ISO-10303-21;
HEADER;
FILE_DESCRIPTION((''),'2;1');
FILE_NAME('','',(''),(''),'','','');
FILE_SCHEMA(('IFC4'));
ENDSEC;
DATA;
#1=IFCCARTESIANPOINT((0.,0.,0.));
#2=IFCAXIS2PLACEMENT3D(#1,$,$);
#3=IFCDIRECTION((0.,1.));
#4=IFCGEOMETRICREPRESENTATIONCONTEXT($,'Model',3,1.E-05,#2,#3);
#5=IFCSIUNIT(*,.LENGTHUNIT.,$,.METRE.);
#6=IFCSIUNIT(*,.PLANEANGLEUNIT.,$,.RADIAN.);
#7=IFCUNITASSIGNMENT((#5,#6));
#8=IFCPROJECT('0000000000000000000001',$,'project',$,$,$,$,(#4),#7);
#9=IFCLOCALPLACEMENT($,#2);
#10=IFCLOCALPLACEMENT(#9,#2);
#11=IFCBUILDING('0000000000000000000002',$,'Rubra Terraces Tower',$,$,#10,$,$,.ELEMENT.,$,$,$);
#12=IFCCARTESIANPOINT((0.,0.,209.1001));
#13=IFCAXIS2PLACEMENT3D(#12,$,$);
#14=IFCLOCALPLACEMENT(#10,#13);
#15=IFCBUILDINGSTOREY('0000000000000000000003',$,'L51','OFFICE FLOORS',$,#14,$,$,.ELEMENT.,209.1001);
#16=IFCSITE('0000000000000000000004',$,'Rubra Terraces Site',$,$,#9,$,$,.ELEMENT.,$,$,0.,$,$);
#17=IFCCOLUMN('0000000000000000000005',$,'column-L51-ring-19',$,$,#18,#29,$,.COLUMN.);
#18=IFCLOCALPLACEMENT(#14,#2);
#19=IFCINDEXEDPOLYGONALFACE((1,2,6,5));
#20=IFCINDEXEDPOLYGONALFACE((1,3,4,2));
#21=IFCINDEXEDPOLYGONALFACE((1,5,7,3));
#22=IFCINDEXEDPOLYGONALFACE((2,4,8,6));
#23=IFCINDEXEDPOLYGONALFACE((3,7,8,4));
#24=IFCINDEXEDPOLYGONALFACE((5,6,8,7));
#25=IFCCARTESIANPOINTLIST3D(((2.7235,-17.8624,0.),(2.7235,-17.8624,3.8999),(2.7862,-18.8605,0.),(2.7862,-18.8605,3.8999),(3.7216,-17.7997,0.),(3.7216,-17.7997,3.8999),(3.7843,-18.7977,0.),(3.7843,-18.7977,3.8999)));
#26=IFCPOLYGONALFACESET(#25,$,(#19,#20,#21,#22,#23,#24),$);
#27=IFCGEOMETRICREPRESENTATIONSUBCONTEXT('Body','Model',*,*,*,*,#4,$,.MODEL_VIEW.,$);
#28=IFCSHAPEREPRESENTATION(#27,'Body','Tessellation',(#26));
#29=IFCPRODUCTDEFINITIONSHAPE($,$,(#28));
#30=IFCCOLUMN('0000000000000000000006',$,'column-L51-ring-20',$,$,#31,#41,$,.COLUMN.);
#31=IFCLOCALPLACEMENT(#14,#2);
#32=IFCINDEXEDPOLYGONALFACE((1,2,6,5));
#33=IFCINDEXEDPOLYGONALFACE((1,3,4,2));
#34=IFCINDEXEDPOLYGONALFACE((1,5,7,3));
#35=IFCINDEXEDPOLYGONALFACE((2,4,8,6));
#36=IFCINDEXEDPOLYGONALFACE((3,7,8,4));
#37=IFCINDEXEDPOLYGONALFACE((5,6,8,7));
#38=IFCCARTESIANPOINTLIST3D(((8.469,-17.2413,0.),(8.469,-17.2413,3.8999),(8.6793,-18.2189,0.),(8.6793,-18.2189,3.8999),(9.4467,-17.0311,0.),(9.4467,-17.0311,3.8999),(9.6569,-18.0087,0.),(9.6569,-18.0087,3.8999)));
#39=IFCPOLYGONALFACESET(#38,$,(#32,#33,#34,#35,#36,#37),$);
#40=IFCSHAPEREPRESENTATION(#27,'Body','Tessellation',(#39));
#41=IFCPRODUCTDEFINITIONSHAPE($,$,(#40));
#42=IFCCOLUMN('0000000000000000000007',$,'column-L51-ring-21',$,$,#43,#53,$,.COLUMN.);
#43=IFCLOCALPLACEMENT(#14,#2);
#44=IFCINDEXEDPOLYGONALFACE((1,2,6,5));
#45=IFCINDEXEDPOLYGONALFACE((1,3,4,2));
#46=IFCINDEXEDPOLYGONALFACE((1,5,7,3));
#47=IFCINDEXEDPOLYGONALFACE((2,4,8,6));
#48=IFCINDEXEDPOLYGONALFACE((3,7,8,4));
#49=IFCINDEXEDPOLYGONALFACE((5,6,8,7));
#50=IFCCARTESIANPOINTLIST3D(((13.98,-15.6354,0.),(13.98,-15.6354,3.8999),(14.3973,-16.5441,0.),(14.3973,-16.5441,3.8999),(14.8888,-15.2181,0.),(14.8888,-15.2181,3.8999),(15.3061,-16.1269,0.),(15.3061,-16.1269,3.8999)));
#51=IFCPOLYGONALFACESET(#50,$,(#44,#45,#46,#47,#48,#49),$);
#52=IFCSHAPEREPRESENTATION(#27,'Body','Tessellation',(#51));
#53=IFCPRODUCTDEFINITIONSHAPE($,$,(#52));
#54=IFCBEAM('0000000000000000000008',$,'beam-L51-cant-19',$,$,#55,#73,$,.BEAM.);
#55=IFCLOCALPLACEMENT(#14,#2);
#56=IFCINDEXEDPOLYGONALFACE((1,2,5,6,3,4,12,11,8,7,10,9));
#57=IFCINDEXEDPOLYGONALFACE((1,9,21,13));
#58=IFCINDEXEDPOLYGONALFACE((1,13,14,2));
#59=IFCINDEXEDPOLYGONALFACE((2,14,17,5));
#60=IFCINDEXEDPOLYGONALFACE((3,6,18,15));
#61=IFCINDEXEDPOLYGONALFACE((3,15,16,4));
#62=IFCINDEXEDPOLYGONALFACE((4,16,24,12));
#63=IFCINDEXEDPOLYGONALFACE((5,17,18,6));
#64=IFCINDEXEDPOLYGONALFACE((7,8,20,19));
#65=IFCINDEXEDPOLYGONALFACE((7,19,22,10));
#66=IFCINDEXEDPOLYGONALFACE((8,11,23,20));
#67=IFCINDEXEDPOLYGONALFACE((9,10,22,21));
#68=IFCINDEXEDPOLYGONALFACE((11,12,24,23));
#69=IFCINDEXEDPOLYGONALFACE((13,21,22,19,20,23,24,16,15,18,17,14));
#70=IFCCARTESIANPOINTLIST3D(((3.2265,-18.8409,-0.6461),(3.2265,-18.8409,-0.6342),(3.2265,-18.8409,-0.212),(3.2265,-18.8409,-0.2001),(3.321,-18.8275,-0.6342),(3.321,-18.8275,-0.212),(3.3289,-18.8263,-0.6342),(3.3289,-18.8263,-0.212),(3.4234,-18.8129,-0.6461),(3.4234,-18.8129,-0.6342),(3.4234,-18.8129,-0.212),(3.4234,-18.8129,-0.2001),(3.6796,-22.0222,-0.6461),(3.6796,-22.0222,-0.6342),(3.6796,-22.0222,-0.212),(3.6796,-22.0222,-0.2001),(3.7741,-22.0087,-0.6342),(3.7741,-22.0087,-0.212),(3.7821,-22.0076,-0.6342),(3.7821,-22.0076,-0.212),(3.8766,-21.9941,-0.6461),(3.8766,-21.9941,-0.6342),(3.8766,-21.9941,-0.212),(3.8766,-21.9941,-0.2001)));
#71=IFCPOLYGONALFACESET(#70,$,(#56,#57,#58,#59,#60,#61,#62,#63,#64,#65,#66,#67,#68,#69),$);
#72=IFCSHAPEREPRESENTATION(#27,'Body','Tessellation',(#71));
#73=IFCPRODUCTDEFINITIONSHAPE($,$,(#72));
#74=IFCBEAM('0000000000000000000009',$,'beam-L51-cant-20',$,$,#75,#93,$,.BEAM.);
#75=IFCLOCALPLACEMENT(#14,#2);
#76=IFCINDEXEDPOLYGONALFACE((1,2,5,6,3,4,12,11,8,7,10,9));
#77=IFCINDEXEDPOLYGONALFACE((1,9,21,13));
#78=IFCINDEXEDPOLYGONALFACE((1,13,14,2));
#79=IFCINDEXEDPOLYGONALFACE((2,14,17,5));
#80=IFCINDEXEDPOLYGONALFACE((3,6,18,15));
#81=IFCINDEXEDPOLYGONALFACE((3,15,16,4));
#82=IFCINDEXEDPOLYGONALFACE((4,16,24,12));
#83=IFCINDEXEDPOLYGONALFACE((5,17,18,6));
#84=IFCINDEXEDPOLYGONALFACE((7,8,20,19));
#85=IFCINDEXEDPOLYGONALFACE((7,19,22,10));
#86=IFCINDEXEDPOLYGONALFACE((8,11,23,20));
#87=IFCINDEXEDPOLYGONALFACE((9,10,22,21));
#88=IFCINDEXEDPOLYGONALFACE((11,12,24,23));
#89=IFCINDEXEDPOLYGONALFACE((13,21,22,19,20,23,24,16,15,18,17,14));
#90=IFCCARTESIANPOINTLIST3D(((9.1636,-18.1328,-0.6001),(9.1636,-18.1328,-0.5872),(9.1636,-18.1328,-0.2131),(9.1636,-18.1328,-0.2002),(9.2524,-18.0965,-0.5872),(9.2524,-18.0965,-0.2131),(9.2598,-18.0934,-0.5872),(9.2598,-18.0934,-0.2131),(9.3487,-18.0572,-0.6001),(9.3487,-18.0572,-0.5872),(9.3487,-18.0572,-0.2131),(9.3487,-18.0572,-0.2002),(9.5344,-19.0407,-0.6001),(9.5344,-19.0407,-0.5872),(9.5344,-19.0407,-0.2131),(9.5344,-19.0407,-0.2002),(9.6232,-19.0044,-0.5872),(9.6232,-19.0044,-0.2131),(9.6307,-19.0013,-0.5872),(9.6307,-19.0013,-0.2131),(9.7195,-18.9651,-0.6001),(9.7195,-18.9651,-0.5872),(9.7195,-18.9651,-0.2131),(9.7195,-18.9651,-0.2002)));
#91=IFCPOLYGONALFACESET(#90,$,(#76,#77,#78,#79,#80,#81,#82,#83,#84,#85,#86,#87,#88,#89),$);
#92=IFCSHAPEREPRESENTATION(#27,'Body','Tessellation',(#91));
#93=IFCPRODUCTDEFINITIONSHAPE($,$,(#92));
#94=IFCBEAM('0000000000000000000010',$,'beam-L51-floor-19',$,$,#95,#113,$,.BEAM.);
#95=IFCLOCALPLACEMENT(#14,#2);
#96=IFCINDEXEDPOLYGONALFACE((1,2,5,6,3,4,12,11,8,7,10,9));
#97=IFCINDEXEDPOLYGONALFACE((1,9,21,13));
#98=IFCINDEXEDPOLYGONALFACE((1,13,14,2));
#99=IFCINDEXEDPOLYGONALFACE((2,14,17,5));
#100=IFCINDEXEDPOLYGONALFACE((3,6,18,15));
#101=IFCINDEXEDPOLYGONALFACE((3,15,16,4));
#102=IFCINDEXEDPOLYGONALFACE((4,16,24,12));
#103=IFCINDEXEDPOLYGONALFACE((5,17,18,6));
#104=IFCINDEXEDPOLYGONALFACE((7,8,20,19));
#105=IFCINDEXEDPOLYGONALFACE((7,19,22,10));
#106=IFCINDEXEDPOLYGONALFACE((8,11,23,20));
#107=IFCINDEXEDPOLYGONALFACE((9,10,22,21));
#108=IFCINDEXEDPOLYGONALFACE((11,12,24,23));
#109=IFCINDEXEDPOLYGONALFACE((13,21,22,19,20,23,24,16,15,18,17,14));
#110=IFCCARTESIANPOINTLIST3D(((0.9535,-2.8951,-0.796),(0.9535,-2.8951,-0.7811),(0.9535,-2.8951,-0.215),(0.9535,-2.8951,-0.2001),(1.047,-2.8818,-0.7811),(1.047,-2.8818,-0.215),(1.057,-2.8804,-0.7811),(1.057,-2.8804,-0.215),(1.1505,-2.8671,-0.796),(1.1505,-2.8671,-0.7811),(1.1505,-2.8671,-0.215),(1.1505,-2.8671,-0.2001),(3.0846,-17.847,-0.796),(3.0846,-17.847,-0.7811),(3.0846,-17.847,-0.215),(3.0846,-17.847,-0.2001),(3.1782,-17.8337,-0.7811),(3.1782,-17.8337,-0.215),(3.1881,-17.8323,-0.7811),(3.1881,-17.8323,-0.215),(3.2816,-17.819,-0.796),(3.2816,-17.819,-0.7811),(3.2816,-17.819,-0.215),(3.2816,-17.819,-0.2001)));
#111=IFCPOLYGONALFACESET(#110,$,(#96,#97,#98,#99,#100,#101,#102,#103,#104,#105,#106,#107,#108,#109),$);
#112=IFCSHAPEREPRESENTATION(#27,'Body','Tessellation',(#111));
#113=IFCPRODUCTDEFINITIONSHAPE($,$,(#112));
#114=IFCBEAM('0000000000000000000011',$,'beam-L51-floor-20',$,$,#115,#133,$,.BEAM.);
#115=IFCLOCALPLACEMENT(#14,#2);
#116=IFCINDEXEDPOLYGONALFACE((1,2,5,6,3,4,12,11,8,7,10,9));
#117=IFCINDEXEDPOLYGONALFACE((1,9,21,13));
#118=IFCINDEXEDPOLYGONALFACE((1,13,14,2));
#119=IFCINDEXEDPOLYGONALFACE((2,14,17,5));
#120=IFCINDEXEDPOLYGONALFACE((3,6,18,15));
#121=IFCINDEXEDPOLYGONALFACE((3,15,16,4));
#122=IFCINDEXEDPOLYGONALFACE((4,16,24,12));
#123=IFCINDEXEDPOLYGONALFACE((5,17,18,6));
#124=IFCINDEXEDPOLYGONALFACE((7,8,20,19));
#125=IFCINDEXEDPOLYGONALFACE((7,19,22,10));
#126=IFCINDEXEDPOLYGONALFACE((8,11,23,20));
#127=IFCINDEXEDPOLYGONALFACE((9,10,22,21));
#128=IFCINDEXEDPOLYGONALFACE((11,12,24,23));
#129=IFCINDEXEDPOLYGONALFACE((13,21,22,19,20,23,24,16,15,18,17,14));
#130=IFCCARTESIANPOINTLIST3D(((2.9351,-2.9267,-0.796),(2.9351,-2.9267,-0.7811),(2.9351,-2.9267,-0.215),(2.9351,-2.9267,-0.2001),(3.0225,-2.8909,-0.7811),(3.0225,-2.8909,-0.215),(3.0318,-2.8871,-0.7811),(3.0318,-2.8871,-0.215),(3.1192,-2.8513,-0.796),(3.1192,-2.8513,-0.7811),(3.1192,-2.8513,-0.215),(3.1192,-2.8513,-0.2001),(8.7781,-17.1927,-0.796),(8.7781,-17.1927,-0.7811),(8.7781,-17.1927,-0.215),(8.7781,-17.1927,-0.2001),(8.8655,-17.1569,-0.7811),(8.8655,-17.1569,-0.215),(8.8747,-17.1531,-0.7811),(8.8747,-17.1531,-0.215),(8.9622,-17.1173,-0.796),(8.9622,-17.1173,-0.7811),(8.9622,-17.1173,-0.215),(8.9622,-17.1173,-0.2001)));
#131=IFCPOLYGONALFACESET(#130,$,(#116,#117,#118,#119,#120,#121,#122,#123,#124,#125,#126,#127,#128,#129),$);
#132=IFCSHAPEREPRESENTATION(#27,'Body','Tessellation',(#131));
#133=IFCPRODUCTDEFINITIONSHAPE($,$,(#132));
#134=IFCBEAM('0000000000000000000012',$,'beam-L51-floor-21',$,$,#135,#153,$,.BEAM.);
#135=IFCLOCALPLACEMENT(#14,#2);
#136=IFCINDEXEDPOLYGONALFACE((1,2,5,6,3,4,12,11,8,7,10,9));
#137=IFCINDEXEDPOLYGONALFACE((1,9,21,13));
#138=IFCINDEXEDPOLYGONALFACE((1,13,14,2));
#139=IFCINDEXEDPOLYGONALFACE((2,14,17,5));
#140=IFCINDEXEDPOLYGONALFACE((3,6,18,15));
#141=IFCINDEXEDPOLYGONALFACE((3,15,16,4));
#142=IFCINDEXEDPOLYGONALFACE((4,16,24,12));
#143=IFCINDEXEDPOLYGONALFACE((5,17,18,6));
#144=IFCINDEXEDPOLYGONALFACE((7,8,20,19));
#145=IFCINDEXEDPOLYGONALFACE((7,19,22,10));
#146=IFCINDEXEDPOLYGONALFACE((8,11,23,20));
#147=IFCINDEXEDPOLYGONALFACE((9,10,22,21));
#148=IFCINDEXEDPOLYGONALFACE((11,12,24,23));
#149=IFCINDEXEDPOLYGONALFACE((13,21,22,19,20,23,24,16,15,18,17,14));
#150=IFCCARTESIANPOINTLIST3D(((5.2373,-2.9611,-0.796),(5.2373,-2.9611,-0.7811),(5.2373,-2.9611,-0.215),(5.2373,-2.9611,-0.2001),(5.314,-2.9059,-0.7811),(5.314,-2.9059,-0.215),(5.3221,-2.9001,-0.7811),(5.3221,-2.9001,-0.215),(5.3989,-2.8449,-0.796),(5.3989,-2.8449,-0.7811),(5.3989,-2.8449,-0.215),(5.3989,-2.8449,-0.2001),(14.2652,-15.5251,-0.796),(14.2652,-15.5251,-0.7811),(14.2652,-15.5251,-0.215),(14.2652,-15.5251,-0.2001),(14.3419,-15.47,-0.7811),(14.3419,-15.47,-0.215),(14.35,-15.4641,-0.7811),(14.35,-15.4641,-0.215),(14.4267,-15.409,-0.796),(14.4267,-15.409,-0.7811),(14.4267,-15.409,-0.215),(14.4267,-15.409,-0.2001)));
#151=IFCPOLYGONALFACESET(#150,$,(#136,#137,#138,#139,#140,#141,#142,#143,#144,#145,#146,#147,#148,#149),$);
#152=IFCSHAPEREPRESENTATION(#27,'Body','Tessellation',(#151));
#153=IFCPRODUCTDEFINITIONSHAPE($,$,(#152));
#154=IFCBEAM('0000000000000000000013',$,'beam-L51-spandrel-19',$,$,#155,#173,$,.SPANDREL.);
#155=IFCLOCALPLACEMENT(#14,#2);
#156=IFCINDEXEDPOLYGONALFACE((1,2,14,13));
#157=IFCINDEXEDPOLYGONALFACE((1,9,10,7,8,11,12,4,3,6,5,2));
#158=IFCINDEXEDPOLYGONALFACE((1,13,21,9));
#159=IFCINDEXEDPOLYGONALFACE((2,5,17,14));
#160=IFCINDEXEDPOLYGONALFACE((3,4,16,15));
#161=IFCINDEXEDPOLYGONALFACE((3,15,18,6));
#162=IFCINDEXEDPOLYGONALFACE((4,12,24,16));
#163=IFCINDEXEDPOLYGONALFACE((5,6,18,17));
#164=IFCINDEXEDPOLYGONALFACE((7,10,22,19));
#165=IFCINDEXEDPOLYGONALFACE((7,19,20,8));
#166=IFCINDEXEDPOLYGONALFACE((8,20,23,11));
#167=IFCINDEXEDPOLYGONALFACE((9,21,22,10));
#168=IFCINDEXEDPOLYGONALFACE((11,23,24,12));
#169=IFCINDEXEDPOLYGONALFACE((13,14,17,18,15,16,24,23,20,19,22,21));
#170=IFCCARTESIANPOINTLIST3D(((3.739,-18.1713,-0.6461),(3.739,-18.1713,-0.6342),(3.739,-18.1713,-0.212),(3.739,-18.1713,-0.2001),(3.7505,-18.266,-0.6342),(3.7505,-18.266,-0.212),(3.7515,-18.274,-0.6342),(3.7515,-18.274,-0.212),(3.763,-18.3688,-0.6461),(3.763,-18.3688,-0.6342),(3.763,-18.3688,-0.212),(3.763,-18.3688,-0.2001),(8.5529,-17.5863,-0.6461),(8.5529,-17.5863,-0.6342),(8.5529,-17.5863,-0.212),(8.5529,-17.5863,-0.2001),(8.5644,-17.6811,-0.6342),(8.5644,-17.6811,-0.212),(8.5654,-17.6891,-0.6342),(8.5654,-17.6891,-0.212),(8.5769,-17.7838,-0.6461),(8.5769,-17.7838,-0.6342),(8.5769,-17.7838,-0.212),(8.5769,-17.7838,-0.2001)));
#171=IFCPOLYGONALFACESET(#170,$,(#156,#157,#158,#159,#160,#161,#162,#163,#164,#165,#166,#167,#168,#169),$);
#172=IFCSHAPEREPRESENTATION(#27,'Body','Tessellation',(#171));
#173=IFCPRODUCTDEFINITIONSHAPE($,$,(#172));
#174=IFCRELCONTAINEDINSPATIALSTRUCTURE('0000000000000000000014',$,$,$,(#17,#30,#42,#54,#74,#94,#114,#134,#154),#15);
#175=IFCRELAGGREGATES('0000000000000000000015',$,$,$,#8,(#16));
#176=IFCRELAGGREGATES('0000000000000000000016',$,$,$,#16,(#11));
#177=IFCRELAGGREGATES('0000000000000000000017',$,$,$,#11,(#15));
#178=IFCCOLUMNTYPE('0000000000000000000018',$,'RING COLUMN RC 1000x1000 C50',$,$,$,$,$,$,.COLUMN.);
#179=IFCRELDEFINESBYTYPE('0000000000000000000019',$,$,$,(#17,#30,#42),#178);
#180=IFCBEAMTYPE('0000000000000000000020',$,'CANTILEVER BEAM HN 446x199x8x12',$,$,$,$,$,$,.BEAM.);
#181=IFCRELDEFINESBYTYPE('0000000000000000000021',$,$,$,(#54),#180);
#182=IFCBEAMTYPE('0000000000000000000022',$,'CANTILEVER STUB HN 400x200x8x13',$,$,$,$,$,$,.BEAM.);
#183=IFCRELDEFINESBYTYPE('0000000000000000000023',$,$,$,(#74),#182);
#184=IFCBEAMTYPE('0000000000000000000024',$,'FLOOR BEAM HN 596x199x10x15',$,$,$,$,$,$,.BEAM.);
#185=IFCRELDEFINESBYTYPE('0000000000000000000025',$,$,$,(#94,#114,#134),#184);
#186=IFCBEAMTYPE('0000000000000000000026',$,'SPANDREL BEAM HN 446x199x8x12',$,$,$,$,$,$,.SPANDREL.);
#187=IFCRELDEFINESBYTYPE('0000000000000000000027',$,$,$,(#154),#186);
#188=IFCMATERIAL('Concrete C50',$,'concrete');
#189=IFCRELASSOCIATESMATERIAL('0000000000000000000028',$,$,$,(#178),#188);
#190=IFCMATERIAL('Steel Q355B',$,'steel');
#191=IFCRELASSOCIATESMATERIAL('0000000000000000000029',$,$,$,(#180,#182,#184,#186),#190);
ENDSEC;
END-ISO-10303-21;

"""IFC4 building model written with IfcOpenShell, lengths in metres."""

from ifc_helpers import new_model, si_unit, direction, frame, origin, origin_2d, place, context, subcontext, project, spatial, rectangle, i_section, extrude, material, material_profile, profile_set, type_object, element, save


model = new_model("IFC4")

# Units and contexts
model_context = context("Model", 3, precision=1e-05, world=origin(), true_north=direction((0.0, 1.0)))
body_context = subcontext(model_context, "Body", "Model", "MODEL_VIEW")
ifc_project = project(units=[si_unit("LENGTHUNIT", "METRE"), si_unit("PLANEANGLEUNIT", "RADIAN")], contexts=[model_context])

# Site, building, storey
site_placement = place(None, origin())
site = spatial("IfcSite", under=ifc_project, at=site_placement, Name="Rubra Terraces Site", CompositionType="ELEMENT", RefElevation=0.0)
building_placement = place(site_placement, origin())
building = spatial("IfcBuilding", under=site, at=building_placement, Name="Rubra Terraces Tower", CompositionType="ELEMENT")
storey_placement = place(building_placement, frame((0.0, 0.0, 209.1001)))
storey = spatial("IfcBuildingStorey", under=building, at=storey_placement, Name="L51", Description="OFFICE FLOORS", CompositionType="ELEMENT", Elevation=209.1001)

# Columns
ifc_material_1 = material(Name="Concrete C50", Category="concrete")
ifc_material_profile_1 = material_profile(ifc_material_1, rectangle(XDim=1.0, YDim=1.0, at=origin_2d()), Name="RC 1000x1000")
ifc_profile_set_1 = profile_set([ifc_material_profile_1], Name="Concrete C50")
column_type = type_object("IfcColumnType", Name="RING COLUMN RC 1000x1000 C50", PredefinedType="COLUMN", material=ifc_profile_set_1)
for number, where, z_axis, x_axis, name in (
    (1, (3.2539, -18.3301, 0.0), (0.0, 0.0, 1.0), (0.998032, 0.062714, 0.0), "column-L51-ring-19"),
    (2, (9.063, -17.625, 0.0), (0.0, 0.0, 1.0), (0.977653, 0.210227, 0.0), "column-L51-ring-20"),
    (3, (14.6431, -15.8811, 0.0), (0.0, 0.0, 1.0), (0.908779, 0.417279, 0.0), "column-L51-ring-21"),
):
    element("IfcColumn", number, at=place(storey_placement, frame(where, z_axis=z_axis, x_axis=x_axis)), inside=storey, type_object=column_type, Name=name, PredefinedType="COLUMN", context=body_context, shape_type="SweptSolid", body=[
        extrude(rectangle(XDim=1.0, YDim=1.0, at=origin_2d()), origin(), (0.0, 0.0, 1.0), 3.8999),
    ])

# Beams
ifc_material_2 = material(Name="Steel Q355B", Category="steel")
ifc_material_profile_2 = material_profile(ifc_material_2, i_section(OverallWidth=0.199, OverallDepth=0.446, WebThickness=0.0081, FlangeThickness=0.012, at=origin_2d()), Name="HN 446x199x8x12")
ifc_profile_set_2 = profile_set([ifc_material_profile_2], Name="Steel Q355B")
beam_type_1 = type_object("IfcBeamType", Name="CANTILEVER BEAM HN 446x199x8x12", PredefinedType="BEAM", material=ifc_profile_set_2)
beam_1_placement = place(storey_placement, frame((3.325, -18.8269, -0.4231), z_axis=(0.141017, -0.990007, 0.0), x_axis=(0.990007, 0.141017, 0.0)))
element("IfcBeam", 4, at=beam_1_placement, inside=storey, type_object=beam_type_1, Name="beam-L51-cant-19", PredefinedType="BEAM", context=body_context, shape_type="SweptSolid", body=[
    extrude(i_section(OverallWidth=0.199, OverallDepth=0.446, WebThickness=0.0081, FlangeThickness=0.012, at=origin_2d()), origin(), (0.0, 0.0, 1.0), 3.2134),
])
ifc_material_profile_3 = material_profile(ifc_material_2, i_section(OverallWidth=0.2, OverallDepth=0.3999, WebThickness=0.0081, FlangeThickness=0.0129, at=origin_2d()), Name="HN 400x200x8x13")
ifc_profile_set_3 = profile_set([ifc_material_profile_3], Name="Steel Q355B")
beam_type_2 = type_object("IfcBeamType", Name="CANTILEVER STUB HN 400x200x8x13", PredefinedType="BEAM", material=ifc_profile_set_3)
beam_2_placement = place(storey_placement, frame((9.2561, -18.095, -0.4001), z_axis=(0.378119, -0.925757, 0.0), x_axis=(0.925757, 0.378119, 0.0)))
element("IfcBeam", 5, at=beam_2_placement, inside=storey, type_object=beam_type_2, Name="beam-L51-cant-20", PredefinedType="BEAM", context=body_context, shape_type="SweptSolid", body=[
    extrude(i_section(OverallWidth=0.2, OverallDepth=0.3999, WebThickness=0.0081, FlangeThickness=0.0129, at=origin_2d()), origin(), (0.0, 0.0, 1.0), 0.9807),
])
ifc_material_profile_4 = material_profile(ifc_material_2, i_section(OverallWidth=0.199, OverallDepth=0.5959, WebThickness=0.01, FlangeThickness=0.0149, at=origin_2d()), Name="HN 596x199x10x15")
ifc_profile_set_4 = profile_set([ifc_material_profile_4], Name="Steel Q355B")
beam_type_3 = type_object("IfcBeamType", Name="FLOOR BEAM HN 596x199x10x15", PredefinedType="BEAM", material=ifc_profile_set_4)
beam_3_placement = place(storey_placement, frame((3.1831, -17.833, -0.498), z_axis=(-0.141105, 0.989995, 0.0), x_axis=(-0.989995, -0.141105, 0.0)))
element("IfcBeam", 6, at=beam_3_placement, inside=storey, type_object=beam_type_3, Name="beam-L51-floor-19", PredefinedType="BEAM", context=body_context, shape_type="SweptSolid", body=[
    extrude(i_section(OverallWidth=0.199, OverallDepth=0.5959, WebThickness=0.01, FlangeThickness=0.0149, at=origin_2d()), origin(), (0.0, 0.0, 1.0), 15.103),
])
beam_4_placement = place(storey_placement, frame((8.8701, -17.155, -0.498), z_axis=(-0.379015, 0.92539, 0.0), x_axis=(-0.92539, -0.379015, 0.0)))
element("IfcBeam", 7, at=beam_4_placement, inside=storey, type_object=beam_type_3, Name="beam-L51-floor-20", PredefinedType="BEAM", context=body_context, shape_type="SweptSolid", body=[
    extrude(i_section(OverallWidth=0.199, OverallDepth=0.5959, WebThickness=0.01, FlangeThickness=0.0149, at=origin_2d()), origin(), (0.0, 0.0, 1.0), 15.4163),
])
beam_5_placement = place(storey_placement, frame((14.3459, -15.467, -0.498), z_axis=(-0.583529, 0.812092, 0.0), x_axis=(-0.812092, -0.583529, 0.0)))
element("IfcBeam", 8, at=beam_5_placement, inside=storey, type_object=beam_type_3, Name="beam-L51-floor-21", PredefinedType="BEAM", context=body_context, shape_type="SweptSolid", body=[
    extrude(i_section(OverallWidth=0.199, OverallDepth=0.5959, WebThickness=0.01, FlangeThickness=0.0149, at=origin_2d()), origin(), (0.0, 0.0, 1.0), 15.4712),
])
ifc_material_profile_5 = material_profile(ifc_material_2, i_section(OverallWidth=0.199, OverallDepth=0.446, WebThickness=0.0081, FlangeThickness=0.012, at=origin_2d()), Name="HN 446x199x8x12")
ifc_profile_set_5 = profile_set([ifc_material_profile_5], Name="Steel Q355B")
beam_type_4 = type_object("IfcBeamType", Name="SPANDREL BEAM HN 446x199x8x12", PredefinedType="SPANDREL", material=ifc_profile_set_5)
beam_6_placement = place(storey_placement, frame((3.751, -18.27, -0.4231), z_axis=(0.992698, 0.120626, 0.0), x_axis=(-0.120626, 0.992698, 0.0)))
element("IfcBeam", 9, at=beam_6_placement, inside=storey, type_object=beam_type_4, Name="beam-L51-spandrel-19", PredefinedType="SPANDREL", context=body_context, shape_type="SweptSolid", body=[
    extrude(i_section(OverallWidth=0.199, OverallDepth=0.446, WebThickness=0.0081, FlangeThickness=0.012, at=origin_2d()), origin(), (0.0, 0.0, 1.0), 4.8494),
])

save(model, "model.ifc")
